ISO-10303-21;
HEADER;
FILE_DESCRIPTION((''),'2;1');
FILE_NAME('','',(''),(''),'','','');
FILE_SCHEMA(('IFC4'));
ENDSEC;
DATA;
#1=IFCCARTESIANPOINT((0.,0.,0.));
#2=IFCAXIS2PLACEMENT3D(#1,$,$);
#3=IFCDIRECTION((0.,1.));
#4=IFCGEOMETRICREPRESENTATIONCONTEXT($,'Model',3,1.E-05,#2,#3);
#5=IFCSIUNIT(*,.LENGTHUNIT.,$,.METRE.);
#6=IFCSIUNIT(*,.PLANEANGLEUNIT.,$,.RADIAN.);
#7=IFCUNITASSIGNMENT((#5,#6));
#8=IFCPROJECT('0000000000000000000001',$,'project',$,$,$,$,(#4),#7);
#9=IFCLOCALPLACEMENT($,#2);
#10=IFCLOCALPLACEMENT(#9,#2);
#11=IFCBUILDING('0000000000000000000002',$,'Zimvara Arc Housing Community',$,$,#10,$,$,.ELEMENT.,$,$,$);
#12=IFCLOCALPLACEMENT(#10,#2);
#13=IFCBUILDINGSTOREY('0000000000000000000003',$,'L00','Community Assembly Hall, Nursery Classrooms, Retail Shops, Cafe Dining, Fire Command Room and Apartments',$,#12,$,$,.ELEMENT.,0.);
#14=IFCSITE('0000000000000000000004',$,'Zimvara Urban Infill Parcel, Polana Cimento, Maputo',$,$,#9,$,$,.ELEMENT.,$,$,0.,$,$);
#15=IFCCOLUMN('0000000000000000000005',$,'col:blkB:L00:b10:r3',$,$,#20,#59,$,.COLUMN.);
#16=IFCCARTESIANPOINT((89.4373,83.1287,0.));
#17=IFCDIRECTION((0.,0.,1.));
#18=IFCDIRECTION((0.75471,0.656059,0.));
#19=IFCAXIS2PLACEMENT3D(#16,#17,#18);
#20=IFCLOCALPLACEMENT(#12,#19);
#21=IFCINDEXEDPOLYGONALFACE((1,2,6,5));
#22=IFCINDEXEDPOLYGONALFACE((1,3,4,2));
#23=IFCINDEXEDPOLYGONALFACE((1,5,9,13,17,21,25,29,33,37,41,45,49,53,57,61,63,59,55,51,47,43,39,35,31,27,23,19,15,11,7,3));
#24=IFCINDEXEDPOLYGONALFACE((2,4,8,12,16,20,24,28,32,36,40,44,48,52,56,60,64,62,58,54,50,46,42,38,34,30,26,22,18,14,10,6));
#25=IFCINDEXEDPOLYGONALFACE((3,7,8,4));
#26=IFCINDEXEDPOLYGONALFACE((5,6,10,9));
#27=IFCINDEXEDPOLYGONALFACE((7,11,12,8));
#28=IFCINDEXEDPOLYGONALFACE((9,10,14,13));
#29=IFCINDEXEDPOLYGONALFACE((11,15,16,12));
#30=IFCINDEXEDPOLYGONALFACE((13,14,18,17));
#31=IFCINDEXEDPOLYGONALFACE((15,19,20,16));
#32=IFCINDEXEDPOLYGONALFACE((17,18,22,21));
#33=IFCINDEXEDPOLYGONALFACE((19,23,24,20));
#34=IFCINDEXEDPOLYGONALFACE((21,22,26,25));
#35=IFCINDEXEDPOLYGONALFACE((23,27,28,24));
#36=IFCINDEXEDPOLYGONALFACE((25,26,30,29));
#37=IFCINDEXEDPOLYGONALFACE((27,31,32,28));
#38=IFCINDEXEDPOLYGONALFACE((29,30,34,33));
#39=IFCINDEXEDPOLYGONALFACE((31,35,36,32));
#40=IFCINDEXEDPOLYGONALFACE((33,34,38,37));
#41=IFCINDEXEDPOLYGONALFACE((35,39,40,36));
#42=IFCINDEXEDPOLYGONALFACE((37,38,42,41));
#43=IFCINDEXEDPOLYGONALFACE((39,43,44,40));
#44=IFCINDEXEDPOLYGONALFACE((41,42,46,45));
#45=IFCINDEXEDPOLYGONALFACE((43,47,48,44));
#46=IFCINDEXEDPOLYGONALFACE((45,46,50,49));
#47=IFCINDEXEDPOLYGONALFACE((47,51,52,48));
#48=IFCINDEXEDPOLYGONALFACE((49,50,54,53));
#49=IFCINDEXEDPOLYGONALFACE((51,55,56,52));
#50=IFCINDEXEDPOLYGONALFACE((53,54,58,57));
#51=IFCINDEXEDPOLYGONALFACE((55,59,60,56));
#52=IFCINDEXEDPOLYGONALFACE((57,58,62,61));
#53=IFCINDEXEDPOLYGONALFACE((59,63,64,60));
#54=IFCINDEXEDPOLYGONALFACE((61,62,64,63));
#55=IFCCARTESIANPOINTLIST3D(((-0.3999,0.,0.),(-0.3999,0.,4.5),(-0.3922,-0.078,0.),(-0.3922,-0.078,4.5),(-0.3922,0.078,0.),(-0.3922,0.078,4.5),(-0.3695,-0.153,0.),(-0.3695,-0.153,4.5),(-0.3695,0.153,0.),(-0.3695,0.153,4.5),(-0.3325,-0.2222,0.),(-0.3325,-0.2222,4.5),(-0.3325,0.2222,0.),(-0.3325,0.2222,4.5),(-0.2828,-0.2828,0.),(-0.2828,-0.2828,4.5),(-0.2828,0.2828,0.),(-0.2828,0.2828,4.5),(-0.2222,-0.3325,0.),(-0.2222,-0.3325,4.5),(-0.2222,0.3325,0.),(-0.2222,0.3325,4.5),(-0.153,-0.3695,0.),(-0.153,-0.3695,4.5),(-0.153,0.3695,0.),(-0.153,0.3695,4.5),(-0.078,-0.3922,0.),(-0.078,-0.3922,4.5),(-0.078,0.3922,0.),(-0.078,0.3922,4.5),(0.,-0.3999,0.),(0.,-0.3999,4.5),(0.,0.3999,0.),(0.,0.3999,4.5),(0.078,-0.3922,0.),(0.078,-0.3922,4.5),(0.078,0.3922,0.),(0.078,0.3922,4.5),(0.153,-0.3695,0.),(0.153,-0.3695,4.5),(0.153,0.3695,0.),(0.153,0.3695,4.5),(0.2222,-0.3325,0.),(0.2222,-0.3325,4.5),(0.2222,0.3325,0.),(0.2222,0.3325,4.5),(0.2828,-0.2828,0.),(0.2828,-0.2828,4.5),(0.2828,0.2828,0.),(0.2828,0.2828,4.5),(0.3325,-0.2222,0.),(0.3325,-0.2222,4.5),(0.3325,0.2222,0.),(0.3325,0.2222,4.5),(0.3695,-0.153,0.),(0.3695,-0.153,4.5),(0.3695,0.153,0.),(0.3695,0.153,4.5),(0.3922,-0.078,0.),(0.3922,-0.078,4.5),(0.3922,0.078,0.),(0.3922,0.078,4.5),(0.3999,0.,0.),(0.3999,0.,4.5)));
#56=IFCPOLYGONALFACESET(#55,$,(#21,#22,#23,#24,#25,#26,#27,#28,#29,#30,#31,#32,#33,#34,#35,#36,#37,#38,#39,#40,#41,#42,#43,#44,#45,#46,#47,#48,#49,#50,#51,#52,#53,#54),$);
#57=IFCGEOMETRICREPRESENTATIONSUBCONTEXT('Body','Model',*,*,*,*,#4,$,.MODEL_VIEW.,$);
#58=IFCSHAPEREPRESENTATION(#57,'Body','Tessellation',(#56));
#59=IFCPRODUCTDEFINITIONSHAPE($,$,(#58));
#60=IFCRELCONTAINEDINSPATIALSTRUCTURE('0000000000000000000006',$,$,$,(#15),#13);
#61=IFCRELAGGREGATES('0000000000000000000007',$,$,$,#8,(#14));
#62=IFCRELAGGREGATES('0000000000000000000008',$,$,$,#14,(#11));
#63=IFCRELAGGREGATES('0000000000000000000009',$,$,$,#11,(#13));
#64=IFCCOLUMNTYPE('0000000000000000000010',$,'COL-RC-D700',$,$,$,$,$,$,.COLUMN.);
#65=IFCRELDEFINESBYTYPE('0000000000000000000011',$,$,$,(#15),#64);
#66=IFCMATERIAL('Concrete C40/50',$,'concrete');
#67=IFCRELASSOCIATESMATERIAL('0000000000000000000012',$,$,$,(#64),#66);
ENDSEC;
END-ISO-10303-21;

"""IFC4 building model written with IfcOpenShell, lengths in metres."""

from ifc_helpers import new_model, si_unit, direction, frame, origin, origin_2d, place, context, subcontext, project, spatial, circle, extrude, material, material_profile, profile_set, type_object, element, save


model = new_model("IFC4")

# Units and contexts
model_context = context("Model", 3, precision=1e-05, world=origin(), true_north=direction((0.0, 1.0)))
body_context = subcontext(model_context, "Body", "Model", "MODEL_VIEW")
ifc_project = project(units=[si_unit("LENGTHUNIT", "METRE"), si_unit("PLANEANGLEUNIT", "RADIAN")], contexts=[model_context])

# Site, building, storey
site_placement = place(None, origin())
site = spatial("IfcSite", under=ifc_project, at=site_placement, Name="Zimvara Urban Infill Parcel, Polana Cimento, Maputo", CompositionType="ELEMENT", RefElevation=0.0)
building_placement = place(site_placement, origin())
building = spatial("IfcBuilding", under=site, at=building_placement, Name="Zimvara Arc Housing Community", CompositionType="ELEMENT")
storey_placement = place(building_placement, origin())
storey = spatial("IfcBuildingStorey", under=building, at=storey_placement, Name="L00", Description="Community Assembly Hall, Nursery Classrooms, Retail Shops, Cafe Dining, Fire Command Room and Apartments", CompositionType="ELEMENT", Elevation=0.0)

# Column
ifc_material_1 = material(Name="Concrete C40/50", Category="concrete")
ifc_material_profile_1 = material_profile(ifc_material_1, circle(Radius=0.3999, at=origin_2d()), Name="RC D800")
ifc_profile_set_1 = profile_set([ifc_material_profile_1], Name="Concrete C40/50")
column_type_1 = type_object("IfcColumnType", Name="COL-RC-D700", PredefinedType="COLUMN", material=ifc_profile_set_1)
column_1_placement = place(storey_placement, frame((89.4373, 83.1287, 0.0), z_axis=(0.0, 0.0, 1.0), x_axis=(0.75471, 0.656059, 0.0)))
element("IfcColumn", 1, at=column_1_placement, inside=storey, type_object=column_type_1, Name="col:blkB:L00:b10:r3", PredefinedType="COLUMN", context=body_context, shape_type="SweptSolid", body=[
    extrude(circle(Radius=0.3999, at=origin_2d()), origin(), (0.0, 0.0, 1.0), 4.5),
])

save(model, "model.ifc")
